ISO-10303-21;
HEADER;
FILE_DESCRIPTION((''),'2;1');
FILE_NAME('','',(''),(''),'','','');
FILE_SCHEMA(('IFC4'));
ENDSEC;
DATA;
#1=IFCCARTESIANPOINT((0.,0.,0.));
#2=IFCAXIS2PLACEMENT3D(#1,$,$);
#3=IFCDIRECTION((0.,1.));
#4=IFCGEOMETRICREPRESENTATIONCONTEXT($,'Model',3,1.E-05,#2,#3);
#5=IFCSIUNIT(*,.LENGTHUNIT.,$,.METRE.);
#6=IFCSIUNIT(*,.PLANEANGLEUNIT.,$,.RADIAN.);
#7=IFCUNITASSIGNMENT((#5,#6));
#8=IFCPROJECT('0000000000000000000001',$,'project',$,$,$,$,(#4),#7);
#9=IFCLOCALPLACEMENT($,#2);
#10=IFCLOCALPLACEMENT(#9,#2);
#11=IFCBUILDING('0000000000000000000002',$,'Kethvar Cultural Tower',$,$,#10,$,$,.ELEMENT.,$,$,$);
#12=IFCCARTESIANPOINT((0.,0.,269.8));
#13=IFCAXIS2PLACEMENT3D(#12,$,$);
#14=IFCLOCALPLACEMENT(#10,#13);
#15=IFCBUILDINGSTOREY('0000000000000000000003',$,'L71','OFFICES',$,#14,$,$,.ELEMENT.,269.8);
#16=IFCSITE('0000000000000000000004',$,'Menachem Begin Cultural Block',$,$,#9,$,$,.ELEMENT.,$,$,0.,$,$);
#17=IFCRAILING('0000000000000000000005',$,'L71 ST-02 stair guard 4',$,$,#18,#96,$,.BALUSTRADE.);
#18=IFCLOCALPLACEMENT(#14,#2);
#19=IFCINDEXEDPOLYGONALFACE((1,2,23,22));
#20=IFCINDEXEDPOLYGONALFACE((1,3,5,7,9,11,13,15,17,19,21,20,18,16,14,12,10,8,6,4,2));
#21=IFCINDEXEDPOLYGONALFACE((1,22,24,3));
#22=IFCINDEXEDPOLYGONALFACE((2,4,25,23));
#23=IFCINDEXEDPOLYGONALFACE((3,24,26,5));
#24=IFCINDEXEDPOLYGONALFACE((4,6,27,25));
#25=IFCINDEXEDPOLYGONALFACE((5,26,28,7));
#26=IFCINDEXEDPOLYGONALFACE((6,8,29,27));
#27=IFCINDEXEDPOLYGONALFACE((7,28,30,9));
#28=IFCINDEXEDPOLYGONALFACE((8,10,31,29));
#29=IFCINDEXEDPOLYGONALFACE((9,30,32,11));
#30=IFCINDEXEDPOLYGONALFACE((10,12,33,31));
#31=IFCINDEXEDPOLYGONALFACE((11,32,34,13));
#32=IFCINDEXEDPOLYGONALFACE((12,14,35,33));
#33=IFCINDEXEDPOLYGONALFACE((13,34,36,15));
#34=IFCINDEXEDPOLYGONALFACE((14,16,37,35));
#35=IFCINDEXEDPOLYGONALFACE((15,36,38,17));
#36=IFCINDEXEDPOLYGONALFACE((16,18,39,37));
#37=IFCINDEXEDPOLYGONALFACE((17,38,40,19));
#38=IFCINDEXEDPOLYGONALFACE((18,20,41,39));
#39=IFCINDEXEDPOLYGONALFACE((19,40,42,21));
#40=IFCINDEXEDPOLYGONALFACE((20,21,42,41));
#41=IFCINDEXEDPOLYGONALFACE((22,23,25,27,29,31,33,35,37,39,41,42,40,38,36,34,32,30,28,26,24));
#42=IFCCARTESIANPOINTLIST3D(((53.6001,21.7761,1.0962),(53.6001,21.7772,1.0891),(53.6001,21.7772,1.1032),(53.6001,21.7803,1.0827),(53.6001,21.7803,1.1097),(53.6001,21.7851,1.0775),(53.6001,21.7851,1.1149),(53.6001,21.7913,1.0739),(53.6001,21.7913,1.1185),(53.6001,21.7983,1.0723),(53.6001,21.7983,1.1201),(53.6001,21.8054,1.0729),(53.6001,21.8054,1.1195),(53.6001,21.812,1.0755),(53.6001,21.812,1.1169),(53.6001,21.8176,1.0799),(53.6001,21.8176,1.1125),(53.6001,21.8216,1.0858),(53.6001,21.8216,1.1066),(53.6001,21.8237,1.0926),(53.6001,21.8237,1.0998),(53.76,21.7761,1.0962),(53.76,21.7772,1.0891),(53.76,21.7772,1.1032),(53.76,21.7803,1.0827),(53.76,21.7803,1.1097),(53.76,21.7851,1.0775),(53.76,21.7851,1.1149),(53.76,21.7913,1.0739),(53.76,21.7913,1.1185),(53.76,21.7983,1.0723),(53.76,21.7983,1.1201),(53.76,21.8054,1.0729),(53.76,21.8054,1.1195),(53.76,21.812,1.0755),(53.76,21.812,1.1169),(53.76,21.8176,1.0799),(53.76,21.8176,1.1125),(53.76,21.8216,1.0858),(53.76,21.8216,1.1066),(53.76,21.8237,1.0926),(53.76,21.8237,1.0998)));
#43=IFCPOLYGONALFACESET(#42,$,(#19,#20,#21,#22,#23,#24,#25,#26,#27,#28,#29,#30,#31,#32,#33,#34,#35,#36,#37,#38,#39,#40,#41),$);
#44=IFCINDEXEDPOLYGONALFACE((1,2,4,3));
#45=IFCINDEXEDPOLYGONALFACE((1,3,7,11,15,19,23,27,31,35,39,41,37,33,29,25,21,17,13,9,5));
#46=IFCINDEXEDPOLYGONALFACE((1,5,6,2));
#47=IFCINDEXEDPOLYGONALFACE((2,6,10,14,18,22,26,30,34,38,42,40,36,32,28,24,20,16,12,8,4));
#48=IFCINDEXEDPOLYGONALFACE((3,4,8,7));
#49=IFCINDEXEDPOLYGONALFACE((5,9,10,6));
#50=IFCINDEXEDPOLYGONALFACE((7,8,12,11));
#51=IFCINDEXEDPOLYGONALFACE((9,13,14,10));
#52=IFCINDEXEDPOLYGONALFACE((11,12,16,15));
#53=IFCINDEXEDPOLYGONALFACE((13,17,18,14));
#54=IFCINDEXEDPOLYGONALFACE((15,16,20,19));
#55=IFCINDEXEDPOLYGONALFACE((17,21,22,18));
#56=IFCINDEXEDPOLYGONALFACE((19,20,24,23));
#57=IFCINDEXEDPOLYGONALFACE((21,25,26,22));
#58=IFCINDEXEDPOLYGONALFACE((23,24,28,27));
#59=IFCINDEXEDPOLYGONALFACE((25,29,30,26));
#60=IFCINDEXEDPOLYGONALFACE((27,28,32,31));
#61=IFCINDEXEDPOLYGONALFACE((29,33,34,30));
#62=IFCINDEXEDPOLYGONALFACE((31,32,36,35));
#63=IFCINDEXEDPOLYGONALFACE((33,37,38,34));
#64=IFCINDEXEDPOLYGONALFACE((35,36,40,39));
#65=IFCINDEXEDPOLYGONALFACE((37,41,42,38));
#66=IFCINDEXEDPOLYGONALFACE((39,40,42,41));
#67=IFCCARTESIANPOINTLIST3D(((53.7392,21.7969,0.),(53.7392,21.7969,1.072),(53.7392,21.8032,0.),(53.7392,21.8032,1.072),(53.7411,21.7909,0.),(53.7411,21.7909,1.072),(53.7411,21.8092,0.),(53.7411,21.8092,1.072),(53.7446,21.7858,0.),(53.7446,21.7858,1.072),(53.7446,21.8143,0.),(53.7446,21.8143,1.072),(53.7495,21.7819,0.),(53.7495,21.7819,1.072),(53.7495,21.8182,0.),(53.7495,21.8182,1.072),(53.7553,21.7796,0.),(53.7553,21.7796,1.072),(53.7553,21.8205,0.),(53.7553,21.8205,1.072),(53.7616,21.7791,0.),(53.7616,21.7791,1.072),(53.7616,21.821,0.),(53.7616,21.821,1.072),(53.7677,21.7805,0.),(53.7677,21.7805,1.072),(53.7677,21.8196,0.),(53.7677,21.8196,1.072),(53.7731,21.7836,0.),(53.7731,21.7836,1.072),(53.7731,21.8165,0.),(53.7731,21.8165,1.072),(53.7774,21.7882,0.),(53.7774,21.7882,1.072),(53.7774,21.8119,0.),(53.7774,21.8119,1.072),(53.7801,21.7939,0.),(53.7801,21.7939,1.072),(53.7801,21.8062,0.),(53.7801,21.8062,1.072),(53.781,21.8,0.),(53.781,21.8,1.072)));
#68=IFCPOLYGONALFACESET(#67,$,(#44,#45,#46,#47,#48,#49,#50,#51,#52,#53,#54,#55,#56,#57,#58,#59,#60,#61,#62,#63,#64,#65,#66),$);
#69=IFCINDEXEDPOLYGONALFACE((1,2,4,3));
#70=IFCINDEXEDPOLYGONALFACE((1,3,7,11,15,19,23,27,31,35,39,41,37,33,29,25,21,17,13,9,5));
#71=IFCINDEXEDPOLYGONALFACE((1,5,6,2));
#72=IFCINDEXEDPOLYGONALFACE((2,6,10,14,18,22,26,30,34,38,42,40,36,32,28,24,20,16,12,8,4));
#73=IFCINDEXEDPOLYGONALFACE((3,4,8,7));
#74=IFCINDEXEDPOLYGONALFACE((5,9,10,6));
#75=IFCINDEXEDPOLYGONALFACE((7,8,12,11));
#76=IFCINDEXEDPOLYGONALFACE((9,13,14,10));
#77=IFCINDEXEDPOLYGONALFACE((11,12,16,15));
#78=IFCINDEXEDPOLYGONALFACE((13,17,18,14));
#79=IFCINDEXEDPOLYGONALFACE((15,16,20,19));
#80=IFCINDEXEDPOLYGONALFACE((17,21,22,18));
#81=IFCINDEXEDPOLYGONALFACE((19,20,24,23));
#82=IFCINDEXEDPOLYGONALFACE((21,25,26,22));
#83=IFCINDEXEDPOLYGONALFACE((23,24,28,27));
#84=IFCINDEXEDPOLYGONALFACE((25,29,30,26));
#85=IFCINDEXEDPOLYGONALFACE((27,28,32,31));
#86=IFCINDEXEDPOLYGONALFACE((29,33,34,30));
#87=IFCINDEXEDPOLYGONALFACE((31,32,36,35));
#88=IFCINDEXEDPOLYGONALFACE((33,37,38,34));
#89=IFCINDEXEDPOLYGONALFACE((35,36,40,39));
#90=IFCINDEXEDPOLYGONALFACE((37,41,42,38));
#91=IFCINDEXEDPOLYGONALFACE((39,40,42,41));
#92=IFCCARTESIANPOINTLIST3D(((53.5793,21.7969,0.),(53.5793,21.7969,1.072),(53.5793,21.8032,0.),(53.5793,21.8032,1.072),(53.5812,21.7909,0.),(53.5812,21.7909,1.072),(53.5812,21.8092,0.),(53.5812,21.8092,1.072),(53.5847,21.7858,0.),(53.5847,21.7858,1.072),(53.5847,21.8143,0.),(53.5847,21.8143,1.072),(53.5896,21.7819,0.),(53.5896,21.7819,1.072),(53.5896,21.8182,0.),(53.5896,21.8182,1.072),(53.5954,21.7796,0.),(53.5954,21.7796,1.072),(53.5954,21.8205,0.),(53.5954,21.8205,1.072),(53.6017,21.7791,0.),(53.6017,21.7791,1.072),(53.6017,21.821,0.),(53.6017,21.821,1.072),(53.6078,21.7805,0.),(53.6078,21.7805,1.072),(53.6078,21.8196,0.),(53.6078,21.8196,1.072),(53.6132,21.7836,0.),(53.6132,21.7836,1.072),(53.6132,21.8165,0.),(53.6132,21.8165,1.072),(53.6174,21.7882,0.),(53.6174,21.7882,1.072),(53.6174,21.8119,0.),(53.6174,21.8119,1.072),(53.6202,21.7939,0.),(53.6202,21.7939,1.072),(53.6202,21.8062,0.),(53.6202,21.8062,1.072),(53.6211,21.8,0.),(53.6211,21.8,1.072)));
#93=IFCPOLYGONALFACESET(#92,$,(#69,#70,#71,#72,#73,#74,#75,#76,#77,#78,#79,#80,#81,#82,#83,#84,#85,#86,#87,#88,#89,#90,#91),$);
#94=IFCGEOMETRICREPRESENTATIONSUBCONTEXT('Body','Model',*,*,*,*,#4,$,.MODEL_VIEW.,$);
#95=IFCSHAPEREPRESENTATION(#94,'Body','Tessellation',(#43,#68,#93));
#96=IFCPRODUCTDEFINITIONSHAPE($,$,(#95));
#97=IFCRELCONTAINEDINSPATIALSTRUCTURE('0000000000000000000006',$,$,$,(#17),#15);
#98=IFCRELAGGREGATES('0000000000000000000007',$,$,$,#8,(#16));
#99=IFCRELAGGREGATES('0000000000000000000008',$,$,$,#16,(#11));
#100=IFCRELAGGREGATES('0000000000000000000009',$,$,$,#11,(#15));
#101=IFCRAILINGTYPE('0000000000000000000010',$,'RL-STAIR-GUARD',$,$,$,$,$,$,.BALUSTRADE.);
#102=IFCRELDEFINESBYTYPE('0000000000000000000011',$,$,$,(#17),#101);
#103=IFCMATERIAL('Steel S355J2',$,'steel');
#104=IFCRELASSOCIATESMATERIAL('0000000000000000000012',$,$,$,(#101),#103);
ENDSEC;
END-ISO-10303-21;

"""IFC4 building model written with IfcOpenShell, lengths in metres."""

from ifc_helpers import new_model, si_unit, direction, frame, origin, origin_2d, place, context, subcontext, project, spatial, circle, extrude, material, type_object, element, save


model = new_model("IFC4")

# Units and contexts
model_context = context("Model", 3, precision=1e-05, world=origin(), true_north=direction((0.0, 1.0)))
body_context = subcontext(model_context, "Body", "Model", "MODEL_VIEW")
ifc_project = project(units=[si_unit("LENGTHUNIT", "METRE"), si_unit("PLANEANGLEUNIT", "RADIAN")], contexts=[model_context])

# Site, building, storey
site_placement = place(None, origin())
site = spatial("IfcSite", under=ifc_project, at=site_placement, Name="Menachem Begin Cultural Block", CompositionType="ELEMENT", RefElevation=0.0)
building_placement = place(site_placement, origin())
building = spatial("IfcBuilding", under=site, at=building_placement, Name="Kethvar Cultural Tower", CompositionType="ELEMENT")
storey_placement = place(building_placement, frame((0.0, 0.0, 269.8)))
storey = spatial("IfcBuildingStorey", under=building, at=storey_placement, Name="L71", Description="OFFICES", CompositionType="ELEMENT", Elevation=269.8)

# Shared definitions
ifc_material_1 = material(Name="Steel S355J2", Category="steel")

# Railing
railing_type_1 = type_object("IfcRailingType", Name="RL-STAIR-GUARD", PredefinedType="BALUSTRADE", material=ifc_material_1)
railing_1_placement = place(storey_placement, frame((53.76, 21.8, 0.0)))
element("IfcRailing", 1, at=railing_1_placement, inside=storey, type_object=railing_type_1, Name="L71 ST-02 stair guard 4", PredefinedType="BALUSTRADE", context=body_context, shape_type="SweptSolid", body=[
    extrude(circle(Radius=0.0239, at=origin_2d()), frame((0.0, 0.0, 1.0962), z_axis=(-1.0, 0.0, 0.0), x_axis=(0.0, -1.0, 0.0)), (0.0, 0.0, 1.0), 0.1599),
    extrude(circle(Radius=0.021, at=origin_2d()), origin(), (0.0, 0.0, 1.0), 1.072),
    extrude(circle(Radius=0.021, at=origin_2d()), frame((-0.1599, 0.0, 0.0)), (0.0, 0.0, 1.0), 1.072),
])

save(model, "model.ifc")
